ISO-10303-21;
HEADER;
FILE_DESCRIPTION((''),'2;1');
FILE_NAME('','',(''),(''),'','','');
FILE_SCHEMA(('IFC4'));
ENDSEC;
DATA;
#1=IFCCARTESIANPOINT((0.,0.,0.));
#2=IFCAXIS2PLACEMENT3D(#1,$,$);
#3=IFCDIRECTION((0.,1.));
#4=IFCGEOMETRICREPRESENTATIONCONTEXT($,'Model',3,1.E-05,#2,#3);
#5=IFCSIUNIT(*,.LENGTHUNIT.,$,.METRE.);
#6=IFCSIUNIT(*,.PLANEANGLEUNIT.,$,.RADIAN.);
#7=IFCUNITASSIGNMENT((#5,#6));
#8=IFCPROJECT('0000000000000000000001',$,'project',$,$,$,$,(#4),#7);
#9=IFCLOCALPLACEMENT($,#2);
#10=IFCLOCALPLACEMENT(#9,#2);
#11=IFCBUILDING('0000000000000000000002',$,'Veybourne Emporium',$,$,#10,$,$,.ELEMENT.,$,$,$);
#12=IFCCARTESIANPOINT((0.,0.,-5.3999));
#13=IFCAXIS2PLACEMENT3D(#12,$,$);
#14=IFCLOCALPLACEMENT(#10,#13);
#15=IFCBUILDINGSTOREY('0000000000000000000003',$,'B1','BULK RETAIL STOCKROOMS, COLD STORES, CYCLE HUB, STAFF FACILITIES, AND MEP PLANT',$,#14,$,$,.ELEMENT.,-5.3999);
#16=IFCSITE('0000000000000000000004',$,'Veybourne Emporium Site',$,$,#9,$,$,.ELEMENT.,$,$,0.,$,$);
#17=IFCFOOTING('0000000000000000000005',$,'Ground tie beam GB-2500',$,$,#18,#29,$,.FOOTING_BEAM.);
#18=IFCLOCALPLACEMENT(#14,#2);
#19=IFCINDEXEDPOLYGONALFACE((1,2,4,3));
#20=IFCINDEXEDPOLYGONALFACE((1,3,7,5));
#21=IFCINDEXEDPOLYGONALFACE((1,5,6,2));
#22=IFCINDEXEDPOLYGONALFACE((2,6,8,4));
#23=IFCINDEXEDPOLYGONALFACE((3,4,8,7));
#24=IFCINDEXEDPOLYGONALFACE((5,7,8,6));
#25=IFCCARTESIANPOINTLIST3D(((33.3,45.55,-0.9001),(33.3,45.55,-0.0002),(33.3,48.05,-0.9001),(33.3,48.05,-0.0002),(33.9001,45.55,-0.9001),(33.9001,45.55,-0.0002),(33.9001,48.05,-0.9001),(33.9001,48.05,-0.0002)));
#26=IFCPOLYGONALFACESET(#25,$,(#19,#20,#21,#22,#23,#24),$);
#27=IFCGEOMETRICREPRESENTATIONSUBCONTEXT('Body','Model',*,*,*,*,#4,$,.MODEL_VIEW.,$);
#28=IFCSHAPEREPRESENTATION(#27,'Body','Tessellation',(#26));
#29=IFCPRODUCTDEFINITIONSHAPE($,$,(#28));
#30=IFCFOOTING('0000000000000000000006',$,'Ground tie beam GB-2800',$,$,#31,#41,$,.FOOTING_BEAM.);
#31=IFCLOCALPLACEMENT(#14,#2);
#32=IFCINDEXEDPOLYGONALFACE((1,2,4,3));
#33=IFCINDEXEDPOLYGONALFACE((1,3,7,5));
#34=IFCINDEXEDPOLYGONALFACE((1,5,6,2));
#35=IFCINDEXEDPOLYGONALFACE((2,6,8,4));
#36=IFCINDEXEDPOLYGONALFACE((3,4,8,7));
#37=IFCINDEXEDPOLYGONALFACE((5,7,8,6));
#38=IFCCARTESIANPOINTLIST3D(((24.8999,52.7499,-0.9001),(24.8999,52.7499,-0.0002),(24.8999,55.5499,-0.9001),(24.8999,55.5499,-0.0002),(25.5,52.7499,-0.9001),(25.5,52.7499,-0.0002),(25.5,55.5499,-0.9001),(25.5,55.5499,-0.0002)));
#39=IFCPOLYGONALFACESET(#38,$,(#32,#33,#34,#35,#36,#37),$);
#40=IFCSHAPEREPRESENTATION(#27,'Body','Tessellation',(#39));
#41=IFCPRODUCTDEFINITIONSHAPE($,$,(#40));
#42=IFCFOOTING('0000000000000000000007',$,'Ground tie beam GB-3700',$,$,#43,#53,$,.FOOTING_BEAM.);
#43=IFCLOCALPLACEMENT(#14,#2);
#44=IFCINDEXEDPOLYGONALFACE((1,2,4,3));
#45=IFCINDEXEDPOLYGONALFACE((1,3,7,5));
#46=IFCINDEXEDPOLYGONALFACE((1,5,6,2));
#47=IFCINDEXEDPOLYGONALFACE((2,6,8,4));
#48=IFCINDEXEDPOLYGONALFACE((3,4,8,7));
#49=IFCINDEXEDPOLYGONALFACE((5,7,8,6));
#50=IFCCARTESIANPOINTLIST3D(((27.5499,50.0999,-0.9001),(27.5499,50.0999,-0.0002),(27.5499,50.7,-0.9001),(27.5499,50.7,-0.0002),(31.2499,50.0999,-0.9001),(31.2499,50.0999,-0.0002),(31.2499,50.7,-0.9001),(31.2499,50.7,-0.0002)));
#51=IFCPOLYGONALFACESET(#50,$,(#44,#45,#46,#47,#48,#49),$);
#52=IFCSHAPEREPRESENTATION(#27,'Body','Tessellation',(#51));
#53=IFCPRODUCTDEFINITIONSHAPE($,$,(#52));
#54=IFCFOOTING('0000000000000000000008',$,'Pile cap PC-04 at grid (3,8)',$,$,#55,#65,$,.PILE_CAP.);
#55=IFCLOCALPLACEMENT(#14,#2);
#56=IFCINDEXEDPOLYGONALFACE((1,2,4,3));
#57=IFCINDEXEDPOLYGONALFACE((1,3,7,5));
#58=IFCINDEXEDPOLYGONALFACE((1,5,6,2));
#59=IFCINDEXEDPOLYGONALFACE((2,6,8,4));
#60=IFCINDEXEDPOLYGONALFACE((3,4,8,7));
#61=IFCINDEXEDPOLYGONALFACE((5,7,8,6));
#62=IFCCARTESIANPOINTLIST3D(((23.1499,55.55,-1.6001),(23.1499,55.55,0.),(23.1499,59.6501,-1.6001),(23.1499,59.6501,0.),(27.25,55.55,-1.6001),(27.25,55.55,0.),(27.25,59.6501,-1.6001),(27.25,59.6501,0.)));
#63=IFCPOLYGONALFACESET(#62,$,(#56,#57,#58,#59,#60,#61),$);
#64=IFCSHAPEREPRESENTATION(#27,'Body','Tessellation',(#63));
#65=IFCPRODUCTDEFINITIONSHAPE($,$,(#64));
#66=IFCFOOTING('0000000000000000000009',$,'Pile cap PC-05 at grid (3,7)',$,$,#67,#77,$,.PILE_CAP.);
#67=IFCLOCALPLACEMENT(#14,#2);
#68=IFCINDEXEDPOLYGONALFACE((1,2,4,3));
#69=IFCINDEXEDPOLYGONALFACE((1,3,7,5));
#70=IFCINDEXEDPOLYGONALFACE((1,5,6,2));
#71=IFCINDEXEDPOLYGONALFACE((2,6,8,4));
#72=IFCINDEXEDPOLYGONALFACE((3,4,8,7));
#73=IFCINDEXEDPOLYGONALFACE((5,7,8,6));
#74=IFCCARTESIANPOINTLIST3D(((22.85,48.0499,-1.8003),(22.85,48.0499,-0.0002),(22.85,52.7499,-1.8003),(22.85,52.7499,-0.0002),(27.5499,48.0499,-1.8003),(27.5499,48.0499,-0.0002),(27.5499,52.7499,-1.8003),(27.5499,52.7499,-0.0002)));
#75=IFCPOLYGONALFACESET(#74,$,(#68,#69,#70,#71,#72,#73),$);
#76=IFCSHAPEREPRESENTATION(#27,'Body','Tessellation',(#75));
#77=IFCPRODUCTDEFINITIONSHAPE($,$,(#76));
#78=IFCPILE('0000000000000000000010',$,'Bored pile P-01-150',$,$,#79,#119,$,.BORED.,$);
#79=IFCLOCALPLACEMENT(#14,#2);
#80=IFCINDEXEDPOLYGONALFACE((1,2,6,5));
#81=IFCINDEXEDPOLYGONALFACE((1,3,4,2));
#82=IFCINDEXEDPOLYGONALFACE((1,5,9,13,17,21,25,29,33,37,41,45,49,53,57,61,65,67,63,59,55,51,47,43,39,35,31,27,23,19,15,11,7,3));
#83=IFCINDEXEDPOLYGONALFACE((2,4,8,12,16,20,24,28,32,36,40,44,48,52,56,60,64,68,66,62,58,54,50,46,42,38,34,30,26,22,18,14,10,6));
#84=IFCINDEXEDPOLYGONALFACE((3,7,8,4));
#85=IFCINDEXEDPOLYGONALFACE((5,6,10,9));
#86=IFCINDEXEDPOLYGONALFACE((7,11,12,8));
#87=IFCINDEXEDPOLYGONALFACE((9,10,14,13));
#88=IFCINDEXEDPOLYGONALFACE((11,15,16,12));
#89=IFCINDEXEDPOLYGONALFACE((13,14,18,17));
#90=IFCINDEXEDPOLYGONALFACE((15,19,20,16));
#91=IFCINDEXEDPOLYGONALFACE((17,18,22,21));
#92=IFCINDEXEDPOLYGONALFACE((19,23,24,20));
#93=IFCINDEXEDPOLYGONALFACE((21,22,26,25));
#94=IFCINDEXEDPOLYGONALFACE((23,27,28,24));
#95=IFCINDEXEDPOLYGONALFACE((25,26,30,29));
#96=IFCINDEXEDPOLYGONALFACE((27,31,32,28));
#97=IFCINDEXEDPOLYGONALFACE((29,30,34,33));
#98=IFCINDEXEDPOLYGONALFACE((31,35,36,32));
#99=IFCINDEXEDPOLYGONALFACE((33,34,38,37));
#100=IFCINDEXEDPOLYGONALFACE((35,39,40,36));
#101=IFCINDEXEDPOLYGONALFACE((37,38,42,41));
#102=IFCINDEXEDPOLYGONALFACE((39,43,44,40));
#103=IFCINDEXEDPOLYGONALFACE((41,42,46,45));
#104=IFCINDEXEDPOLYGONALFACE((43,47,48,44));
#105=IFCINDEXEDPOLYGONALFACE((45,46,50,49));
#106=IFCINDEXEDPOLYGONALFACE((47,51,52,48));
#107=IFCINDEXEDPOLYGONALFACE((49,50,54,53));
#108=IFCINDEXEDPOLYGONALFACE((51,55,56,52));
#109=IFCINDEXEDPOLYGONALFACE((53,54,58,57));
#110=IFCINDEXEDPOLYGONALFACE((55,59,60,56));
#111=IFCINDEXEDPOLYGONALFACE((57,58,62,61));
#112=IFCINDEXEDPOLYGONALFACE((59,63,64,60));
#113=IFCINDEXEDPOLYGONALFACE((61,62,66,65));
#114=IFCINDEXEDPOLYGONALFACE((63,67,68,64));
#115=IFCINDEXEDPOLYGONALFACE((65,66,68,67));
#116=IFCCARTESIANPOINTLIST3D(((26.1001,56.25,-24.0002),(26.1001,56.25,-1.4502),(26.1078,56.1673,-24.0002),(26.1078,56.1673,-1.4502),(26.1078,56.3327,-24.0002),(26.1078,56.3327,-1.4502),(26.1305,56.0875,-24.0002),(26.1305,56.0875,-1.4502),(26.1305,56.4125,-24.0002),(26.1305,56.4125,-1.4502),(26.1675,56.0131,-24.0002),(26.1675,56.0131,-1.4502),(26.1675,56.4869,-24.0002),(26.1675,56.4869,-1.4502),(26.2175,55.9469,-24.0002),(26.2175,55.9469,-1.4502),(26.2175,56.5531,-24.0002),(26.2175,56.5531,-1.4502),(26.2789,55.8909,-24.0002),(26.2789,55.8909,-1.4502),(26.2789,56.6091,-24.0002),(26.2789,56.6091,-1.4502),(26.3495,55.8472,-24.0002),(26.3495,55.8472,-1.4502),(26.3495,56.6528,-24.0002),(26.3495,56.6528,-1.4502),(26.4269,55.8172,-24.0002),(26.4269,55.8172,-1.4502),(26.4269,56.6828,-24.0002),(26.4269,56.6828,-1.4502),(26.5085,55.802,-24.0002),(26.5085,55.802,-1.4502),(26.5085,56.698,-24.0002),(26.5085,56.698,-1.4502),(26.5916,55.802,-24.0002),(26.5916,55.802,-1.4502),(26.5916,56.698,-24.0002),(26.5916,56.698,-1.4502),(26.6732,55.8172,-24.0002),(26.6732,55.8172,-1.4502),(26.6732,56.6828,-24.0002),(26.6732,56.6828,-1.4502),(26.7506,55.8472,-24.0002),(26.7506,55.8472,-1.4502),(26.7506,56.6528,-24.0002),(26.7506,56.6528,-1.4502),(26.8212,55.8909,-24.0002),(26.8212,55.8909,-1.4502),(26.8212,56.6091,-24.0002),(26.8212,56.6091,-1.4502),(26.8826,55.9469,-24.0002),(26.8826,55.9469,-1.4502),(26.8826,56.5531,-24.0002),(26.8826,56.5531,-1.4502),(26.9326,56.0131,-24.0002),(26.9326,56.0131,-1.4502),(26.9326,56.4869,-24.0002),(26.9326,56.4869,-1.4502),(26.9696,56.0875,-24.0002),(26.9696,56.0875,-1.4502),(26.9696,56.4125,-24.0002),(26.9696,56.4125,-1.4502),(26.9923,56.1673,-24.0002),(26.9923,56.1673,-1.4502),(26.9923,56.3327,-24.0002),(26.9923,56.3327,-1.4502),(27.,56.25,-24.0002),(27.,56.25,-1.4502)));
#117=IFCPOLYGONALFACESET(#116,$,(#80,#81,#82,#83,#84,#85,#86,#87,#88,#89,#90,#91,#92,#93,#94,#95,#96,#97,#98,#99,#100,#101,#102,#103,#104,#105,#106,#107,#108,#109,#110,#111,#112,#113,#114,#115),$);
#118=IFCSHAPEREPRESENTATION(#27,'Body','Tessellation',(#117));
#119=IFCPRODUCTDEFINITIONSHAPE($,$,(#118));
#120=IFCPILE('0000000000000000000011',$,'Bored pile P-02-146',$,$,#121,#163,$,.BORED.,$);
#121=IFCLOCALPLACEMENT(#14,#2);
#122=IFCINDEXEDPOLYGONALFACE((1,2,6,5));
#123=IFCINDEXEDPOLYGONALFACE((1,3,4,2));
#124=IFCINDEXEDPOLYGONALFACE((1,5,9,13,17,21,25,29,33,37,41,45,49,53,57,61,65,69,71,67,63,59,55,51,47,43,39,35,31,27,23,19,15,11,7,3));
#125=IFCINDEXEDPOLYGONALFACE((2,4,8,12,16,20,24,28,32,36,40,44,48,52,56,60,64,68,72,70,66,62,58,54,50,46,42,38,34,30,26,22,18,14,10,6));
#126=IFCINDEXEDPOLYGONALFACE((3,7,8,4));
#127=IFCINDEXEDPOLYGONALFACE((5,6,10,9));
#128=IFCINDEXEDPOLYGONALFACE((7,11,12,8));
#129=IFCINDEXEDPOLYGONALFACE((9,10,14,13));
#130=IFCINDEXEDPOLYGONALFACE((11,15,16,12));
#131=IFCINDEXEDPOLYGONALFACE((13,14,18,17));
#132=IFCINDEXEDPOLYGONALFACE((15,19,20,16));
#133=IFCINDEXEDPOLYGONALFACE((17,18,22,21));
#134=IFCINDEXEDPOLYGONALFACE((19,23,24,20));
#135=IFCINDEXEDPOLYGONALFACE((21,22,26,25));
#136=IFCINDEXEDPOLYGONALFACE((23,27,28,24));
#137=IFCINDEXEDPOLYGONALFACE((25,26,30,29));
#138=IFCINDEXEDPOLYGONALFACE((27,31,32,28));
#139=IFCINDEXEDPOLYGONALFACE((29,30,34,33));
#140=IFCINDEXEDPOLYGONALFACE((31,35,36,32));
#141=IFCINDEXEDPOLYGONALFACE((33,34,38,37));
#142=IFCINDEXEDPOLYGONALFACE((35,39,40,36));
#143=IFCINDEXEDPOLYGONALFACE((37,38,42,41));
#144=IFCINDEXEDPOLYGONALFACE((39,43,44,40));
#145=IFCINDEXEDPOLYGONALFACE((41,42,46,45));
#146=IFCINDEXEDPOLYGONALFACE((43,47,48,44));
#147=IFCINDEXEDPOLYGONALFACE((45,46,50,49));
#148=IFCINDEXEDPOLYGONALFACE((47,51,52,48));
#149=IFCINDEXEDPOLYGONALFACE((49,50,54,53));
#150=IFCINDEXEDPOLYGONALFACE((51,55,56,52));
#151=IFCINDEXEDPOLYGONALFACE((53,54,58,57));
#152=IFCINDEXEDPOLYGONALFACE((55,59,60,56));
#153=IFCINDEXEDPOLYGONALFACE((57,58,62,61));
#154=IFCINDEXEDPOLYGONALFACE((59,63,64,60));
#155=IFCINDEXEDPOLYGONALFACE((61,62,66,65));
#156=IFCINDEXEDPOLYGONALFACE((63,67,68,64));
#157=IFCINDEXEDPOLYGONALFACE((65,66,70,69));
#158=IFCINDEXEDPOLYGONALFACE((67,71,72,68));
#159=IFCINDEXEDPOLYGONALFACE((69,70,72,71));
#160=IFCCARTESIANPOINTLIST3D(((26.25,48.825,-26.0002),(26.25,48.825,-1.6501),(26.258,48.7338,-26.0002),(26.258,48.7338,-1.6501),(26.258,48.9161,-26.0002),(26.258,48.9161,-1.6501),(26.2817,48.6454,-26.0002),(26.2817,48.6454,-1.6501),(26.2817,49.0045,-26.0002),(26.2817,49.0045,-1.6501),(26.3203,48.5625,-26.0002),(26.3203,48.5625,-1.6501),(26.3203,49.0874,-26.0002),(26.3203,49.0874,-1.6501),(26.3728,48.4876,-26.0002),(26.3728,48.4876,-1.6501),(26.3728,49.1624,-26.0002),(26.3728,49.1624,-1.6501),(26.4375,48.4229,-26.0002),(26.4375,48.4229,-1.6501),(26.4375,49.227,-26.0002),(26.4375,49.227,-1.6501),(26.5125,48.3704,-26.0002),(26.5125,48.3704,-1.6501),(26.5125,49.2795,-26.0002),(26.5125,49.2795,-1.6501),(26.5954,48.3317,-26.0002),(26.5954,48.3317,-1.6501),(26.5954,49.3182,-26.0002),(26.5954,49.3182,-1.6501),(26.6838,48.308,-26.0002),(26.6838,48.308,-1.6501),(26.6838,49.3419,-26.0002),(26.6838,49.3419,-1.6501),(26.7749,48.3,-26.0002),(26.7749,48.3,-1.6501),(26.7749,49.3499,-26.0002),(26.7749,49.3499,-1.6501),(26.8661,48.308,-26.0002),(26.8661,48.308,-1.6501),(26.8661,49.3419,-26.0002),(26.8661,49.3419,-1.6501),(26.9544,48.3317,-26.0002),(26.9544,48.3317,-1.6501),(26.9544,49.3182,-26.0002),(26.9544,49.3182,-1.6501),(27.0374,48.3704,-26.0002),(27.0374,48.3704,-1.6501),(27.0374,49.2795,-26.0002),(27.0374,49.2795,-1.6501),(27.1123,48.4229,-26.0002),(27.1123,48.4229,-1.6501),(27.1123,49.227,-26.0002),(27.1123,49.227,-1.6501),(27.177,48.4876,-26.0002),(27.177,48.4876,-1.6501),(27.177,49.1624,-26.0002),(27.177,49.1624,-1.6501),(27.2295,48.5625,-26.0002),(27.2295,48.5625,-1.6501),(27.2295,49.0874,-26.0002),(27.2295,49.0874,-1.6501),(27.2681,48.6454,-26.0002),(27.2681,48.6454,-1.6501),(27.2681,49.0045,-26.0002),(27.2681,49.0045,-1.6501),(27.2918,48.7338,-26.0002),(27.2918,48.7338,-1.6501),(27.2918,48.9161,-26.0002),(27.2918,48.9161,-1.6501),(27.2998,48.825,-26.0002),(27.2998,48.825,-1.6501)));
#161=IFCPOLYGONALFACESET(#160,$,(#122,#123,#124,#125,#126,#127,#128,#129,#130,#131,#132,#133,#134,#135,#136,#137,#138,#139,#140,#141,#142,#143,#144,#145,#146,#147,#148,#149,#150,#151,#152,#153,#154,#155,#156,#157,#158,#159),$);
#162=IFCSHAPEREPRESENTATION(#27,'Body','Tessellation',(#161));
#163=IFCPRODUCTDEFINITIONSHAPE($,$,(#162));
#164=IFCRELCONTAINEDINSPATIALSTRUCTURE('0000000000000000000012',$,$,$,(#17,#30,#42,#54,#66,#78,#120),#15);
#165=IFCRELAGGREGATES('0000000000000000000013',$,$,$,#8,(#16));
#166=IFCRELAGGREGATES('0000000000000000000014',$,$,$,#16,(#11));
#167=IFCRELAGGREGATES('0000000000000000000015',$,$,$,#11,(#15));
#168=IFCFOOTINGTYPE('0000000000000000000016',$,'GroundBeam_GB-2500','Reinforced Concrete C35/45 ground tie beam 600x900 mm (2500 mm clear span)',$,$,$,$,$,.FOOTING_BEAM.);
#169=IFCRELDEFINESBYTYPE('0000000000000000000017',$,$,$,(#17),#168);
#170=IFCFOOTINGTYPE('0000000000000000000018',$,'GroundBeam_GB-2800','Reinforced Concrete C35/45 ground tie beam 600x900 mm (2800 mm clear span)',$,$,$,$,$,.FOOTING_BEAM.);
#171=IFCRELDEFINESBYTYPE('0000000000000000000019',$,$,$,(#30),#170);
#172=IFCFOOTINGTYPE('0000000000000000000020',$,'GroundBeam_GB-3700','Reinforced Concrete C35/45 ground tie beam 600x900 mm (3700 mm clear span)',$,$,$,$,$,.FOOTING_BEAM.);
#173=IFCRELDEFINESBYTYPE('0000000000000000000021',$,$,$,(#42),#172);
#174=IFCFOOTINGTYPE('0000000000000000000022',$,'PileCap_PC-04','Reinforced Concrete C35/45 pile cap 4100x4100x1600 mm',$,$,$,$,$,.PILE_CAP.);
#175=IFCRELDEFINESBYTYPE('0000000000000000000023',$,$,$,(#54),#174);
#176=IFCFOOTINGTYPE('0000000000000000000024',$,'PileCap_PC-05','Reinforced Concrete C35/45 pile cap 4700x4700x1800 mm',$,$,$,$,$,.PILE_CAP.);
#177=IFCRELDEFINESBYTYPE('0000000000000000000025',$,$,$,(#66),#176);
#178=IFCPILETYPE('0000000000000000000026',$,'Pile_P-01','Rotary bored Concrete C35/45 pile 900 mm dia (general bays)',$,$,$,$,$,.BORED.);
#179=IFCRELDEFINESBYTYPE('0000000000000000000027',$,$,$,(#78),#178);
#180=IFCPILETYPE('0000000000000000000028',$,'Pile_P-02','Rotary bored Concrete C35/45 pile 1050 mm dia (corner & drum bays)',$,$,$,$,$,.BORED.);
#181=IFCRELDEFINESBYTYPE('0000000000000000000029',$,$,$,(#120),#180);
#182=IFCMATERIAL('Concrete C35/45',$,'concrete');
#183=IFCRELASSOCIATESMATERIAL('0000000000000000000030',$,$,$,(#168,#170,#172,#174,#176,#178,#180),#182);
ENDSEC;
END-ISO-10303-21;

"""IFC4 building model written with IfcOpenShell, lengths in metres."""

from ifc_helpers import new_model, si_unit, direction, frame, origin, origin_2d, place, context, subcontext, project, spatial, rectangle, circle, extrude, material, material_profile, profile_set, type_object, element, save


model = new_model("IFC4")

# Units and contexts
model_context = context("Model", 3, precision=1e-05, world=origin(), true_north=direction((0.0, 1.0)))
body_context = subcontext(model_context, "Body", "Model", "MODEL_VIEW")
ifc_project = project(units=[si_unit("LENGTHUNIT", "METRE"), si_unit("PLANEANGLEUNIT", "RADIAN")], contexts=[model_context])

# Site, building, storey
site_placement = place(None, origin())
site = spatial("IfcSite", under=ifc_project, at=site_placement, Name="Veybourne Emporium Site", CompositionType="ELEMENT", RefElevation=0.0)
building_placement = place(site_placement, origin())
building = spatial("IfcBuilding", under=site, at=building_placement, Name="Veybourne Emporium", CompositionType="ELEMENT")
storey_placement = place(building_placement, frame((0.0, 0.0, -5.3999)))
storey = spatial("IfcBuildingStorey", under=building, at=storey_placement, Name="B1", Description="BULK RETAIL STOCKROOMS, COLD STORES, CYCLE HUB, STAFF FACILITIES, AND MEP PLANT", CompositionType="ELEMENT", Elevation=-5.3999)

# Footings
ifc_material_1 = material(Name="Concrete C35/45", Category="concrete")
footing_type_1 = type_object("IfcFootingType", Name="GroundBeam_GB-2500", Description="Reinforced Concrete C35/45 ground tie beam 600x900 mm (2500 mm clear span)", PredefinedType="FOOTING_BEAM", material=ifc_material_1)
footing_1_placement = place(storey_placement, frame((33.6001, 46.8, -0.9001), z_axis=(0.0, 0.0, 1.0), x_axis=(0.0, 1.0, 0.0)))
element("IfcFooting", 1, at=footing_1_placement, inside=storey, type_object=footing_type_1, Name="Ground tie beam GB-2500", PredefinedType="FOOTING_BEAM", context=body_context, shape_type="SweptSolid", body=[
    extrude(rectangle(XDim=2.5, YDim=0.6001, at=origin_2d()), origin(), (0.0, 0.0, 1.0), 0.8999),
])
footing_type_2 = type_object("IfcFootingType", Name="GroundBeam_GB-2800", Description="Reinforced Concrete C35/45 ground tie beam 600x900 mm (2800 mm clear span)", PredefinedType="FOOTING_BEAM", material=ifc_material_1)
footing_2_placement = place(storey_placement, frame((25.2, 54.1499, -0.9001), z_axis=(0.0, 0.0, 1.0), x_axis=(0.0, 1.0, 0.0)))
element("IfcFooting", 2, at=footing_2_placement, inside=storey, type_object=footing_type_2, Name="Ground tie beam GB-2800", PredefinedType="FOOTING_BEAM", context=body_context, shape_type="SweptSolid", body=[
    extrude(rectangle(XDim=2.8, YDim=0.6001, at=origin_2d()), origin(), (0.0, 0.0, 1.0), 0.8999),
])
footing_type_3 = type_object("IfcFootingType", Name="GroundBeam_GB-3700", Description="Reinforced Concrete C35/45 ground tie beam 600x900 mm (3700 mm clear span)", PredefinedType="FOOTING_BEAM", material=ifc_material_1)
footing_3_placement = place(storey_placement, frame((29.3999, 50.3999, -0.9001), z_axis=(0.0, 0.0, 1.0), x_axis=(1.0, 0.0, 0.0)))
element("IfcFooting", 3, at=footing_3_placement, inside=storey, type_object=footing_type_3, Name="Ground tie beam GB-3700", PredefinedType="FOOTING_BEAM", context=body_context, shape_type="SweptSolid", body=[
    extrude(rectangle(XDim=3.7, YDim=0.6001, at=origin_2d()), origin(), (0.0, 0.0, 1.0), 0.8999),
])
footing_type_4 = type_object("IfcFootingType", Name="PileCap_PC-04", Description="Reinforced Concrete C35/45 pile cap 4100x4100x1600 mm", PredefinedType="PILE_CAP", material=ifc_material_1)
footing_4_placement = place(storey_placement, frame((25.2, 57.6001, -1.6001), z_axis=(0.0, 0.0, 1.0), x_axis=(1.0, 0.0, 0.0)))
element("IfcFooting", 4, at=footing_4_placement, inside=storey, type_object=footing_type_4, Name="Pile cap PC-04 at grid (3,8)", PredefinedType="PILE_CAP", context=body_context, shape_type="SweptSolid", body=[
    extrude(rectangle(XDim=4.1001, YDim=4.1001, at=origin_2d()), origin(), (0.0, 0.0, 1.0), 1.6001),
])
footing_type_5 = type_object("IfcFootingType", Name="PileCap_PC-05", Description="Reinforced Concrete C35/45 pile cap 4700x4700x1800 mm", PredefinedType="PILE_CAP", material=ifc_material_1)
footing_5_placement = place(storey_placement, frame((25.2, 50.3999, -1.8003), z_axis=(0.0, 0.0, 1.0), x_axis=(1.0, 0.0, 0.0)))
element("IfcFooting", 5, at=footing_5_placement, inside=storey, type_object=footing_type_5, Name="Pile cap PC-05 at grid (3,7)", PredefinedType="PILE_CAP", context=body_context, shape_type="SweptSolid", body=[
    extrude(rectangle(XDim=4.7, YDim=4.7, at=origin_2d()), origin(), (0.0, 0.0, 1.0), 1.8),
])

# Piles
ifc_material_profile_1 = material_profile(ifc_material_1, circle(Radius=0.45, at=origin_2d()), Name="BORED PILE 900")
ifc_profile_set_1 = profile_set([ifc_material_profile_1], Name="Concrete C35/45")
pile_type_1 = type_object("IfcPileType", Name="Pile_P-01", Description="Rotary bored Concrete C35/45 pile 900 mm dia (general bays)", PredefinedType="BORED", material=ifc_profile_set_1)
pile_placement = place(storey_placement, frame((26.55, 56.25, -1.4502), z_axis=(0.0, 0.0, -1.0), x_axis=(1.0, 0.0, 0.0)))
element("IfcPile", 6, at=pile_placement, inside=storey, type_object=pile_type_1, Name="Bored pile P-01-150", PredefinedType="BORED", context=body_context, shape_type="SweptSolid", body=[
    extrude(circle(Radius=0.45, at=origin_2d()), origin(), (0.0, 0.0, 1.0), 22.55),
])
ifc_material_profile_2 = material_profile(ifc_material_1, circle(Radius=0.5249, at=origin_2d()), Name="BORED PILE 1050")
ifc_profile_set_2 = profile_set([ifc_material_profile_2], Name="Concrete C35/45")
pile_type_2 = type_object("IfcPileType", Name="Pile_P-02", Description="Rotary bored Concrete C35/45 pile 1050 mm dia (corner & drum bays)", PredefinedType="BORED", material=ifc_profile_set_2)
for number, where, z_axis, x_axis, name in (
    (7, (26.7749, 48.825, -1.6501), (0.0, 0.0, -1.0), (1.0, 0.0, 0.0), "Bored pile P-02-146"),
):
    element("IfcPile", number, at=place(storey_placement, frame(where, z_axis=z_axis, x_axis=x_axis)), inside=storey, type_object=pile_type_2, Name=name, PredefinedType="BORED", context=body_context, shape_type="SweptSolid", body=[
        extrude(circle(Radius=0.5249, at=origin_2d()), origin(), (0.0, 0.0, 1.0), 24.3501),
    ])

save(model, "model.ifc")
